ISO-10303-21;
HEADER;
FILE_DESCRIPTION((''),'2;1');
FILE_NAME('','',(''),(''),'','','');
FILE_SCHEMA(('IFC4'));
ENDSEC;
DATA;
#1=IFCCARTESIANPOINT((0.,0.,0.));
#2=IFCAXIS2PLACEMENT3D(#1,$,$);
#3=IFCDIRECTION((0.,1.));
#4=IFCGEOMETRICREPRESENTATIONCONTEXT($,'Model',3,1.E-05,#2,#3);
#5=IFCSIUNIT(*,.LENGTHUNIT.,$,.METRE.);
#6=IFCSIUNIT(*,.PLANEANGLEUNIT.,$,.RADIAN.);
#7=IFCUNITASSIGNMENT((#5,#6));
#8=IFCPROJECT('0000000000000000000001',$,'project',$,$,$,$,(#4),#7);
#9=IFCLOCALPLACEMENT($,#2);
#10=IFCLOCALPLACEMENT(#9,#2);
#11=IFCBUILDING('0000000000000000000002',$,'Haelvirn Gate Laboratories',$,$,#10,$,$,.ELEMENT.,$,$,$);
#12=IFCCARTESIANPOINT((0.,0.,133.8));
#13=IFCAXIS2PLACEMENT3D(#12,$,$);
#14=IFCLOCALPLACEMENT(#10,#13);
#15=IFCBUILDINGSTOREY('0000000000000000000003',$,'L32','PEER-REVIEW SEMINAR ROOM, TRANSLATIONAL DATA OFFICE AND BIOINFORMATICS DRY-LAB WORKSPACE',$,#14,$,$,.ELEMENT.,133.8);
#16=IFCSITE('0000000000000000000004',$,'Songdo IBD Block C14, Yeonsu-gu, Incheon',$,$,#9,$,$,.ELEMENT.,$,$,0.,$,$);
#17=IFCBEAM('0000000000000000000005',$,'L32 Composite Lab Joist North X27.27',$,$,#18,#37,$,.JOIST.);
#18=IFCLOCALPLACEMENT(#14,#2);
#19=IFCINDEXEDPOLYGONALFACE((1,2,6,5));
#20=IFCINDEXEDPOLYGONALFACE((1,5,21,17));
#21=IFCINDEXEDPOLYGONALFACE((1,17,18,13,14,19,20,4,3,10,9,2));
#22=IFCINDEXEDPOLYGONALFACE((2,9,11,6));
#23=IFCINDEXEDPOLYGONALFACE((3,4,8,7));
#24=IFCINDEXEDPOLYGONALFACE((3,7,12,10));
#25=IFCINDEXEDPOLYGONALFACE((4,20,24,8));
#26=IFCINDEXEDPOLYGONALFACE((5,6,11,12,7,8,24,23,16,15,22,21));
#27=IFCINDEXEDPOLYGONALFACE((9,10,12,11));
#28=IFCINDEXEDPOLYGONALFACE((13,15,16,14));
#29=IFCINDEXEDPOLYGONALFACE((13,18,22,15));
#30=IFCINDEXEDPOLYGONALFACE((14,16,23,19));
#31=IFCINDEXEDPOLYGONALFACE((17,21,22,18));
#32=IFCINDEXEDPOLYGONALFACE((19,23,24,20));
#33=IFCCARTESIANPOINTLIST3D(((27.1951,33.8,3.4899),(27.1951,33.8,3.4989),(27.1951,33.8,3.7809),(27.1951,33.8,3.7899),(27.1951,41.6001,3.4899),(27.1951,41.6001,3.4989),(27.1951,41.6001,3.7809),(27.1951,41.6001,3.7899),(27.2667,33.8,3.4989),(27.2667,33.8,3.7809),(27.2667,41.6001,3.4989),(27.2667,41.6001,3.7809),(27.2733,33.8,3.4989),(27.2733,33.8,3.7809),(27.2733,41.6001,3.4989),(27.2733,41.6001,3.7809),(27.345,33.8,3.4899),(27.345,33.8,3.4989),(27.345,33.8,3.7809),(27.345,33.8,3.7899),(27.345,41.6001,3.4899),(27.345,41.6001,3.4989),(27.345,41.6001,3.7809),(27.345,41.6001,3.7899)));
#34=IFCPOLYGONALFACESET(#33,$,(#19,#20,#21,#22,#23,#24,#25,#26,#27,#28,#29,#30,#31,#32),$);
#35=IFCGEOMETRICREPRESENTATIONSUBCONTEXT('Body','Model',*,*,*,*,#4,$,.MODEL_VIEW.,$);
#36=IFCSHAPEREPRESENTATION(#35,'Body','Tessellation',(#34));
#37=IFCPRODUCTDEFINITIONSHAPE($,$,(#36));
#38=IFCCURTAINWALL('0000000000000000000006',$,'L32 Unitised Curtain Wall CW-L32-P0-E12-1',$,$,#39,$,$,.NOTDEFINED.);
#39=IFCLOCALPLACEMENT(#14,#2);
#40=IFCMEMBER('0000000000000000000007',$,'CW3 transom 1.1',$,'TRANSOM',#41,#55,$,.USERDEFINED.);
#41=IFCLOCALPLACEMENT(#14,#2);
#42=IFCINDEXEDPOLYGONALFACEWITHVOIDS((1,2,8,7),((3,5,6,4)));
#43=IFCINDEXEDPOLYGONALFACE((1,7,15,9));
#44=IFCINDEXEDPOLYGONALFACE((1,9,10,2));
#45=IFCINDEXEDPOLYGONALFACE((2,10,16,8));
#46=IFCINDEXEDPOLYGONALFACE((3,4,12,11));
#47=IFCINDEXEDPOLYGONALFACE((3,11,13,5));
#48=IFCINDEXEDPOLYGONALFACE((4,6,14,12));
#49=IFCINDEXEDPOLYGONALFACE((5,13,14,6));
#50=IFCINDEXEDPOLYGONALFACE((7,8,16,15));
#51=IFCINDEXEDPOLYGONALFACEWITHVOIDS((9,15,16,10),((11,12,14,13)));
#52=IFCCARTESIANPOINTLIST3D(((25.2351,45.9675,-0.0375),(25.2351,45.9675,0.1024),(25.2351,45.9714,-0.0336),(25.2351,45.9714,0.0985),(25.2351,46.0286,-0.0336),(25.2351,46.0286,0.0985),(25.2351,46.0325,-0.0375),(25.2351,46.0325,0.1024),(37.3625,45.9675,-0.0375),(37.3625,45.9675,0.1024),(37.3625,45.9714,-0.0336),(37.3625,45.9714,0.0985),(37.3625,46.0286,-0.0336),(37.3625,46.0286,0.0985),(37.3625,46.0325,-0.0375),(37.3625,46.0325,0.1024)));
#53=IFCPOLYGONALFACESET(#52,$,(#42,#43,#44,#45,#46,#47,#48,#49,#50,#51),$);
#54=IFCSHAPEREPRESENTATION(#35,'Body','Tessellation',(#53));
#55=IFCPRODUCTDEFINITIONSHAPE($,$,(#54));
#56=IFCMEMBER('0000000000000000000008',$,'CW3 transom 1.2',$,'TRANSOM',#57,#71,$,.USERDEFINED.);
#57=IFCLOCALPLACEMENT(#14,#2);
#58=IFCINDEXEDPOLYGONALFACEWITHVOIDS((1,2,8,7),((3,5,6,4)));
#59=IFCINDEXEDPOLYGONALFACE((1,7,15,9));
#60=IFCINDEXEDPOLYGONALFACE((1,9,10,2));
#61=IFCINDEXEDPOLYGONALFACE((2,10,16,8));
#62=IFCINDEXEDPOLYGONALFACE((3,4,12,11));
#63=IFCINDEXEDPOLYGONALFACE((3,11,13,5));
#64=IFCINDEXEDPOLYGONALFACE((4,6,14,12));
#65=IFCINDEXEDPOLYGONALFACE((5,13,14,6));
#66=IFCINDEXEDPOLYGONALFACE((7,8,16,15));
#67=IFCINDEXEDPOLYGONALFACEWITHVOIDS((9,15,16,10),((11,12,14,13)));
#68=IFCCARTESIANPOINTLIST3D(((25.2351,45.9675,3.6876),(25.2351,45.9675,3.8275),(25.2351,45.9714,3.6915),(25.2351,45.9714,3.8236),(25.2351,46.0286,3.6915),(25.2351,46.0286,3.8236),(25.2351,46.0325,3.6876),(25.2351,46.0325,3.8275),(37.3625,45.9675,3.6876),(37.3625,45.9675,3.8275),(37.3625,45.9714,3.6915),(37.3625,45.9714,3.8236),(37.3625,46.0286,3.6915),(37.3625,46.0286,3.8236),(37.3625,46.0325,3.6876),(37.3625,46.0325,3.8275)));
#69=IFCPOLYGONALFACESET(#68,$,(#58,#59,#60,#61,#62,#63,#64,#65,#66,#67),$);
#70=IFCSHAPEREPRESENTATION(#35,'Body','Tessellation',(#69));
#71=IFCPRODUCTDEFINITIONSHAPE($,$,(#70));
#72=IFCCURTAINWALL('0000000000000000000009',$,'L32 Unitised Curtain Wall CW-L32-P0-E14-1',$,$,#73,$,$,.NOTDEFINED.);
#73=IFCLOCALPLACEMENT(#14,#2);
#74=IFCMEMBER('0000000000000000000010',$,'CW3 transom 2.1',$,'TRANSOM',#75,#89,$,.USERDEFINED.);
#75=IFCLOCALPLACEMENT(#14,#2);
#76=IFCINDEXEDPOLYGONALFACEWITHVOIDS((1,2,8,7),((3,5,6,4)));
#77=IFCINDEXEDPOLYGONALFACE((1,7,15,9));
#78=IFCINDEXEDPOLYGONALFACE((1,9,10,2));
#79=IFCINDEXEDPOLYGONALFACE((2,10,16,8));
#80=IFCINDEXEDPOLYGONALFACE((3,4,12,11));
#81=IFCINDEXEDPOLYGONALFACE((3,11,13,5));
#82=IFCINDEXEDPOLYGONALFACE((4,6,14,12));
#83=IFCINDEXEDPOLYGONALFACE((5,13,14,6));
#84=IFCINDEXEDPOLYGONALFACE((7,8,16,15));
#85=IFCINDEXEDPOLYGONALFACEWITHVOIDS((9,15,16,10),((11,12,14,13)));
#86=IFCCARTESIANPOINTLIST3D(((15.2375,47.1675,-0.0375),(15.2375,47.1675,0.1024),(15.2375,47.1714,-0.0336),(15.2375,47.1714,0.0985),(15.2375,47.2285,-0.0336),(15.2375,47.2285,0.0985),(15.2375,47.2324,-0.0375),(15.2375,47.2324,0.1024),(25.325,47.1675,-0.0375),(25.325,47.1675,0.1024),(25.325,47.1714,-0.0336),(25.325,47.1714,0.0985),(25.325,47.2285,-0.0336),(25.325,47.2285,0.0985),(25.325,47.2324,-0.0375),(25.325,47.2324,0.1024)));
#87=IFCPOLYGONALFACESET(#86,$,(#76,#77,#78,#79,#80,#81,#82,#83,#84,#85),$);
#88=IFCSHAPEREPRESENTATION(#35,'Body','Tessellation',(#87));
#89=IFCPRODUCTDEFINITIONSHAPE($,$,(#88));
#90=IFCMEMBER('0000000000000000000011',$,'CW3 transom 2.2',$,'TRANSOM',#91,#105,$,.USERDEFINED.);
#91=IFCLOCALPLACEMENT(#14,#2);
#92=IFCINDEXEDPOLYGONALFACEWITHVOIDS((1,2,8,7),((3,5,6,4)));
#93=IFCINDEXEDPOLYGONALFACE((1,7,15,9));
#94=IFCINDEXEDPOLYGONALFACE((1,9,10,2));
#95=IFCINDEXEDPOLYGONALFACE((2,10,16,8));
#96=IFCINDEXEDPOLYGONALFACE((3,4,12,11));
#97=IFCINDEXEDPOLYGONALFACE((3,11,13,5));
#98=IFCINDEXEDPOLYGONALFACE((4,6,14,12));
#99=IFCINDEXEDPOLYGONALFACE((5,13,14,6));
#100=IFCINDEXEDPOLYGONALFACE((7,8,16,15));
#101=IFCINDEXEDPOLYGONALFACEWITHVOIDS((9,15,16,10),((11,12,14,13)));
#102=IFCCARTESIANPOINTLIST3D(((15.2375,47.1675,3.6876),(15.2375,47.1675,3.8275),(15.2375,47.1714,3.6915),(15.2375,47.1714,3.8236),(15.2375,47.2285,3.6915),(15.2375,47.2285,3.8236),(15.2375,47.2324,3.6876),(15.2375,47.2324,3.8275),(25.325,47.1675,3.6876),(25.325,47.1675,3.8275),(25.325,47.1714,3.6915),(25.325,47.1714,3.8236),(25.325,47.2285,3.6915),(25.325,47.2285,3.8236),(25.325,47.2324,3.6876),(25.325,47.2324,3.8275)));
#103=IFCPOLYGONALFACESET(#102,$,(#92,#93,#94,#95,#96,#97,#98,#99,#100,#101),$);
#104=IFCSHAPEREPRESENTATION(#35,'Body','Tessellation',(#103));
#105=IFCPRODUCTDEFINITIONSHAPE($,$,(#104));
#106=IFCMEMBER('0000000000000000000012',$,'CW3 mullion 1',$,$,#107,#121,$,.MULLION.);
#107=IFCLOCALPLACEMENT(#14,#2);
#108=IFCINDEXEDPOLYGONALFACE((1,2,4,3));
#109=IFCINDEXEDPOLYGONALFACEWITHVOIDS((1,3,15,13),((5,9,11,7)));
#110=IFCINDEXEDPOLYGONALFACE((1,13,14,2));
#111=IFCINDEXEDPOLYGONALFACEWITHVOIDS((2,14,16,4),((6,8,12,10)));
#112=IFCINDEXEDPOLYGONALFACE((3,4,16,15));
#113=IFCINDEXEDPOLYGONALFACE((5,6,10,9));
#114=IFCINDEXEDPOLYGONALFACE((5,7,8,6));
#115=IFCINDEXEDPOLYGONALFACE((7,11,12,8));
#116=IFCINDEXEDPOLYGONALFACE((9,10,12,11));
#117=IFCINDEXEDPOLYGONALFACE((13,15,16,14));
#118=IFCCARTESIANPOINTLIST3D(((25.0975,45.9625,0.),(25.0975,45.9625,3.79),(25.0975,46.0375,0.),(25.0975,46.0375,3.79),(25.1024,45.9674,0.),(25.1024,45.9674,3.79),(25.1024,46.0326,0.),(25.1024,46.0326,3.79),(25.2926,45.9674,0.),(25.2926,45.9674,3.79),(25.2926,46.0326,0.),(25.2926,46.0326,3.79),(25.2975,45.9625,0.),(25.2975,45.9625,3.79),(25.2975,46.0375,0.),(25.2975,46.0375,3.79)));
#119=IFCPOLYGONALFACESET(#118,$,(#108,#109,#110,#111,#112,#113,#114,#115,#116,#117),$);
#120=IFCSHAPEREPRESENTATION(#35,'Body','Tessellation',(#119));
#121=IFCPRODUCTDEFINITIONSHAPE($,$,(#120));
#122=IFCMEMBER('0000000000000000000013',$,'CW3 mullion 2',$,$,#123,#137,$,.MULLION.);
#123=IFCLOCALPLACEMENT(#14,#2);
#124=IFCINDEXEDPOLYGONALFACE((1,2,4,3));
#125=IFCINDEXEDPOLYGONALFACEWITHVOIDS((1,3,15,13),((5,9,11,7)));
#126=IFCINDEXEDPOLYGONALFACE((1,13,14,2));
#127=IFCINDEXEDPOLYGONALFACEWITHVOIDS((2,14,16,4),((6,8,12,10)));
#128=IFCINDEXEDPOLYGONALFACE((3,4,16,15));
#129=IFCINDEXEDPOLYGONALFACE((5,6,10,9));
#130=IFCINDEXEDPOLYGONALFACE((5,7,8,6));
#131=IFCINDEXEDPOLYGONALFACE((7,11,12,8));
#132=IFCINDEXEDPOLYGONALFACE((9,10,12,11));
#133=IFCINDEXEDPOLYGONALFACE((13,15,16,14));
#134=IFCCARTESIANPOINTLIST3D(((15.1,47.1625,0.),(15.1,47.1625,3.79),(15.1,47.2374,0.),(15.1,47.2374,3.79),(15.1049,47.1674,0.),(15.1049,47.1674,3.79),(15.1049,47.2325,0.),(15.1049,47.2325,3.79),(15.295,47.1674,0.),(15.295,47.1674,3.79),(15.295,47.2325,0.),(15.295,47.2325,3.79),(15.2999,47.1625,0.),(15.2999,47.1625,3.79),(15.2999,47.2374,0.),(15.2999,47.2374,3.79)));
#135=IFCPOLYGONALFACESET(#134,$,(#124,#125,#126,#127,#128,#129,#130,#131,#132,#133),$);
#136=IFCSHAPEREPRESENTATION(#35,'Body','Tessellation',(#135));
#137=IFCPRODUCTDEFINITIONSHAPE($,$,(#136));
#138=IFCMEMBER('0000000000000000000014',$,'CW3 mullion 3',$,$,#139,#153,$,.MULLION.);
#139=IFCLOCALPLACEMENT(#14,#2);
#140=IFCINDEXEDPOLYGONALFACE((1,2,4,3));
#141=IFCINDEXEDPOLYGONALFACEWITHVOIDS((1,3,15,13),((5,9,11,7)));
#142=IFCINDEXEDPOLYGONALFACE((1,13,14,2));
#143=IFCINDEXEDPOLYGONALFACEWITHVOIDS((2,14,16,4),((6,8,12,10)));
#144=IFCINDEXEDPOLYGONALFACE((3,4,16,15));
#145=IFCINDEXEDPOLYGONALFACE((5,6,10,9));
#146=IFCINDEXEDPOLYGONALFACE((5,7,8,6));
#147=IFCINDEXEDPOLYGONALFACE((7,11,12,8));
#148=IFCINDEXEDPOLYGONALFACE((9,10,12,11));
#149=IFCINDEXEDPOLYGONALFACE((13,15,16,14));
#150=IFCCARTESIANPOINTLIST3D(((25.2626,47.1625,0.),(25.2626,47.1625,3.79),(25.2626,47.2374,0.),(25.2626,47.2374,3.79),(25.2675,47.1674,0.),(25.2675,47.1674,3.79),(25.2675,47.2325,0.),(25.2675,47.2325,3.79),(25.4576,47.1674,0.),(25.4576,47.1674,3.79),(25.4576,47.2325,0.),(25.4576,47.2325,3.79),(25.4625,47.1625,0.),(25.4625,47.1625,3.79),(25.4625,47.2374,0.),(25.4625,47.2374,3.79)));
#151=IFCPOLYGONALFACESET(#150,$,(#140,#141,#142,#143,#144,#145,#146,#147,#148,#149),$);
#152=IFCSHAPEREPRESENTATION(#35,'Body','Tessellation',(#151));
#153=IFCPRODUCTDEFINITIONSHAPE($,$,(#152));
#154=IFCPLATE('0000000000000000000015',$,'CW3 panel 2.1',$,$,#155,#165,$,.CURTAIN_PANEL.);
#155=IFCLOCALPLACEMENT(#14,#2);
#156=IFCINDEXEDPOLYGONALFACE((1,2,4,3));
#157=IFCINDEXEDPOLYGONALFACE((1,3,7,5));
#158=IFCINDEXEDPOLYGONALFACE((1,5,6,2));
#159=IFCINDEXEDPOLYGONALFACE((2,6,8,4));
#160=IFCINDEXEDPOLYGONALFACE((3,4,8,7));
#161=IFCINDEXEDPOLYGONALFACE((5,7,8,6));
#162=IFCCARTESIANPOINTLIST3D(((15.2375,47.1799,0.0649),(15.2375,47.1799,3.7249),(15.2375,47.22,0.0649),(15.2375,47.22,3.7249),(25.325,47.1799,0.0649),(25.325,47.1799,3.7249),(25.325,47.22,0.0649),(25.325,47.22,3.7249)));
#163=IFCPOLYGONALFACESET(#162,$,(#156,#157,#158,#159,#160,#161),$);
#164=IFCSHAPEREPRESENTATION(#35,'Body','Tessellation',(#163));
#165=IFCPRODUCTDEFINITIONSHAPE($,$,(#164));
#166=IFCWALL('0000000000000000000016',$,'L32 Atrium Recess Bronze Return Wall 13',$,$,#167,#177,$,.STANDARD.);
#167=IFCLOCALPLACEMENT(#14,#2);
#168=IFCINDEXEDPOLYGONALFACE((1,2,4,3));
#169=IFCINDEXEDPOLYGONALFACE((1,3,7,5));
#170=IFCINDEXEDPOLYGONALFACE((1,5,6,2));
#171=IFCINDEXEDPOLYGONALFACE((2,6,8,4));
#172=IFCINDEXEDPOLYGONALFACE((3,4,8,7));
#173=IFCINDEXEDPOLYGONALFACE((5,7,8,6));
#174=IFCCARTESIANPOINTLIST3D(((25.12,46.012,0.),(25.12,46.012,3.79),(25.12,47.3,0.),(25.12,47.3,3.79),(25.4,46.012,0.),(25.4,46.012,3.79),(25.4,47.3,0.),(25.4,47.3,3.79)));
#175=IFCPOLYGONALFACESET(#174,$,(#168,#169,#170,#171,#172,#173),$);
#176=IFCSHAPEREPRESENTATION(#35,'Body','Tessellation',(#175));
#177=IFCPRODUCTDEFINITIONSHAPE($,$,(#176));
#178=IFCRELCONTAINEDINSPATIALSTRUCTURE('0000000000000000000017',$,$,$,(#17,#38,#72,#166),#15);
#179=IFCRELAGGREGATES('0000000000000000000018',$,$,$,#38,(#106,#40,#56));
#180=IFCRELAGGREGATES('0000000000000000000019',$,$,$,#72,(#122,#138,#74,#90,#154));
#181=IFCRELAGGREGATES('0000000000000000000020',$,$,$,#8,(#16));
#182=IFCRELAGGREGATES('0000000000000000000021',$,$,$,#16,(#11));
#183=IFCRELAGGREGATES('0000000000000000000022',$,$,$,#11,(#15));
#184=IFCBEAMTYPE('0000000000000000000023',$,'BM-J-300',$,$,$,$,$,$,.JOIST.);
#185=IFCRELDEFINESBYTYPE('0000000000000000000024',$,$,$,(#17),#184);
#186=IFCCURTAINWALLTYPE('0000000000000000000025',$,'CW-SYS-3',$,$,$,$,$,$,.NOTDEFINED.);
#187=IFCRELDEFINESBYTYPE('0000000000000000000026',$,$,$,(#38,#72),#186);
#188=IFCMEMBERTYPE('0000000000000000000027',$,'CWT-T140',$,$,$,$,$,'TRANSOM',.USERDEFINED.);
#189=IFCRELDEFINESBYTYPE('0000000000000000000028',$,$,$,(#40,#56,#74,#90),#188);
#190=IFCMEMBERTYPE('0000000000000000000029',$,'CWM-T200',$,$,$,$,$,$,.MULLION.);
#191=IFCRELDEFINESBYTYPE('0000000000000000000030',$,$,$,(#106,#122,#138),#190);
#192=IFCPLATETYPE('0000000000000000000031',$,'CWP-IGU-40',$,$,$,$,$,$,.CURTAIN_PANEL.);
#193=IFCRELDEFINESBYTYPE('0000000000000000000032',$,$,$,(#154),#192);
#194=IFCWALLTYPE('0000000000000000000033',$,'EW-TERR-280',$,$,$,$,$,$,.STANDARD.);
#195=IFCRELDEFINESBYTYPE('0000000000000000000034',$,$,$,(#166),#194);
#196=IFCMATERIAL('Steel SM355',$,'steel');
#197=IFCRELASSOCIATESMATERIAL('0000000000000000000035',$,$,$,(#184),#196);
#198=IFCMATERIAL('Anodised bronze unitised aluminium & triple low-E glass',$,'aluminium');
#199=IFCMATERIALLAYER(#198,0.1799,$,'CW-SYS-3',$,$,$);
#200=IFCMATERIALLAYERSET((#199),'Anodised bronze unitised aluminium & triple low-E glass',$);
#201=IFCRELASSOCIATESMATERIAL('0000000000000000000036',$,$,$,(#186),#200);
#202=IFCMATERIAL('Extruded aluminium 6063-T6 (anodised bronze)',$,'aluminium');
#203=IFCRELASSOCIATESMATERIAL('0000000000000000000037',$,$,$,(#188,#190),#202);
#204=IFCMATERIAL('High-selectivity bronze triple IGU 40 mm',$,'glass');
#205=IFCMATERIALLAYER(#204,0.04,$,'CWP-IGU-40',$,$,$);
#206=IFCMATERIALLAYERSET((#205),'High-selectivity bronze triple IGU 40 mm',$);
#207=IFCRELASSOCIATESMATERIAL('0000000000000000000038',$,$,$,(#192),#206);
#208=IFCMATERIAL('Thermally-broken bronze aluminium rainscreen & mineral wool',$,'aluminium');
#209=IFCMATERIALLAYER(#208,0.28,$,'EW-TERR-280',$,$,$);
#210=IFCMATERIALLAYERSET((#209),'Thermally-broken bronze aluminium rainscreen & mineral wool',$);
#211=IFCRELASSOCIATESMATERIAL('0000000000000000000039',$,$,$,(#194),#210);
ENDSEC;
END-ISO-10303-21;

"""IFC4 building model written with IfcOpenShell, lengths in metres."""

from ifc_helpers import new_model, si_unit, direction, frame, frame_2d, origin, origin_2d, place, context, subcontext, project, spatial, rectangle, hollow_rectangle, i_section, extrude, source, transform, mapped, material, layer, layer_set, material_profile, profile_set, type_object, type_shapes, element, aggregate, save


model = new_model("IFC4")

# Units and contexts
model_context = context("Model", 3, precision=1e-05, world=origin(), true_north=direction((0.0, 1.0)))
body_context = subcontext(model_context, "Body", "Model", "MODEL_VIEW")
ifc_project = project(units=[si_unit("LENGTHUNIT", "METRE"), si_unit("PLANEANGLEUNIT", "RADIAN")], contexts=[model_context])

# Site, building, storey
site_placement = place(None, origin())
site = spatial("IfcSite", under=ifc_project, at=site_placement, Name="Songdo IBD Block C14, Yeonsu-gu, Incheon", CompositionType="ELEMENT", RefElevation=0.0)
building_placement = place(site_placement, origin())
building = spatial("IfcBuilding", under=site, at=building_placement, Name="Haelvirn Gate Laboratories", CompositionType="ELEMENT")
storey_placement = place(building_placement, frame((0.0, 0.0, 133.8)))
storey = spatial("IfcBuildingStorey", under=building, at=storey_placement, Name="L32", Description="PEER-REVIEW SEMINAR ROOM, TRANSLATIONAL DATA OFFICE AND BIOINFORMATICS DRY-LAB WORKSPACE", CompositionType="ELEMENT", Elevation=133.8)

# Shared definitions
ifc_material_1 = material(Name="Steel SM355", Category="steel")

# Beam
ifc_material_profile_1 = material_profile(ifc_material_1, i_section(OverallWidth=0.1499, OverallDepth=0.3, WebThickness=0.0066, FlangeThickness=0.009, at=origin_2d()), Name="H-300x150x6.5x9")
ifc_profile_set_1 = profile_set([ifc_material_profile_1], Name="Steel SM355")
beam_type_1 = type_object("IfcBeamType", Name="BM-J-300", PredefinedType="JOIST", material=ifc_profile_set_1)
shared_shape_1 = source(origin(), body_context, "Body", "SweptSolid", [
    extrude(i_section(OverallWidth=0.1499, OverallDepth=0.3, WebThickness=0.0066, FlangeThickness=0.009, at=origin_2d()), origin(), (0.0, 0.0, 1.0), 7.8),
])
type_shapes(beam_type_1, [shared_shape_1])
beam_1_placement = place(storey_placement, frame((27.27, 33.8, 3.6399), z_axis=(0.0, 1.0, 0.0), x_axis=(-1.0, 0.0, 0.0)))
element("IfcBeam", 1, at=beam_1_placement, inside=storey, type_object=beam_type_1, Name="L32 Composite Lab Joist North X27.27", PredefinedType="JOIST", context=body_context, shape_type="MappedRepresentation", body=[
    mapped(shared_shape_1, transform((0.0, 0.0, 0.0), scale=1.0)),
])

# Curtain walls, members
ifc_material_2 = material(Name="Anodised bronze unitised aluminium & triple low-E glass", Category="aluminium")
ifc_layer_1 = layer(ifc_material_2, 0.1799, Name="CW-SYS-3")
ifc_layer_set_1 = layer_set([ifc_layer_1], Name="Anodised bronze unitised aluminium & triple low-E glass")
curtain_wall_type = type_object("IfcCurtainWallType", Name="CW-SYS-3", PredefinedType="NOTDEFINED", material=ifc_layer_set_1)
curtain_wall_1_placement = place(storey_placement, origin())
curtain_wall_1 = element("IfcCurtainWall", 2, at=curtain_wall_1_placement, inside=storey, type_object=curtain_wall_type, Name="L32 Unitised Curtain Wall CW-L32-P0-E12-1", PredefinedType="NOTDEFINED")
ifc_material_3 = material(Name="Extruded aluminium 6063-T6 (anodised bronze)", Category="aluminium")
ifc_material_profile_2 = material_profile(ifc_material_3, hollow_rectangle(XDim=0.0649, YDim=0.1399, WallThickness=0.0039, at=origin_2d()), Name="CWT-140x65x4")
ifc_profile_set_2 = profile_set([ifc_material_profile_2], Name="Extruded aluminium 6063-T6 (anodised bronze)")
member_type_1 = type_object("IfcMemberType", Name="CWT-T140", ElementType="TRANSOM", PredefinedType="USERDEFINED", material=ifc_profile_set_2)
shared_shape_2 = source(origin(), body_context, "Body", "SweptSolid", [
    extrude(hollow_rectangle(XDim=0.0649, YDim=0.1399, WallThickness=0.0039, at=origin_2d()), origin(), (0.0, 0.0, 1.0), 12.1274),
])
member_1_placement = place(storey_placement, frame((25.2351, 46.0, 0.0325), z_axis=(1.0, 0.0, 0.0), x_axis=(0.0, 1.0, 0.0)))
member_1 = element("IfcMember", 3, at=member_1_placement, type_object=member_type_1, Name="CW3 transom 1.1", ObjectType="TRANSOM", PredefinedType="USERDEFINED", context=body_context, shape_type="MappedRepresentation", body=[
    mapped(shared_shape_2, transform((0.0, 0.0, 0.0), scale=1.0)),
])
member_2_placement = place(storey_placement, frame((25.2351, 46.0, 3.7576), z_axis=(1.0, 0.0, 0.0), x_axis=(0.0, 1.0, 0.0)))
member_2 = element("IfcMember", 4, at=member_2_placement, type_object=member_type_1, Name="CW3 transom 1.2", ObjectType="TRANSOM", PredefinedType="USERDEFINED", context=body_context, shape_type="MappedRepresentation", body=[
    mapped(shared_shape_2, transform((0.0, 0.0, 0.0), scale=1.0)),
])
curtain_wall_2_placement = place(storey_placement, origin())
curtain_wall_2 = element("IfcCurtainWall", 5, at=curtain_wall_2_placement, inside=storey, type_object=curtain_wall_type, Name="L32 Unitised Curtain Wall CW-L32-P0-E14-1", PredefinedType="NOTDEFINED")
shared_shape_3 = source(origin(), body_context, "Body", "SweptSolid", [
    extrude(hollow_rectangle(XDim=0.0649, YDim=0.1399, WallThickness=0.0039, at=origin_2d()), origin(), (0.0, 0.0, 1.0), 10.0874),
])
type_shapes(member_type_1, [shared_shape_2, shared_shape_3])
member_3_placement = place(storey_placement, frame((15.2375, 47.2, 0.0325), z_axis=(1.0, 0.0, 0.0), x_axis=(0.0, 1.0, 0.0)))
member_3 = element("IfcMember", 6, at=member_3_placement, type_object=member_type_1, Name="CW3 transom 2.1", ObjectType="TRANSOM", PredefinedType="USERDEFINED", context=body_context, shape_type="MappedRepresentation", body=[
    mapped(shared_shape_3, transform((0.0, 0.0, 0.0), scale=1.0)),
])
member_4_placement = place(storey_placement, frame((15.2375, 47.2, 3.7576), z_axis=(1.0, 0.0, 0.0), x_axis=(0.0, 1.0, 0.0)))
member_4 = element("IfcMember", 7, at=member_4_placement, type_object=member_type_1, Name="CW3 transom 2.2", ObjectType="TRANSOM", PredefinedType="USERDEFINED", context=body_context, shape_type="MappedRepresentation", body=[
    mapped(shared_shape_3, transform((0.0, 0.0, 0.0), scale=1.0)),
])

# Members
ifc_material_profile_3 = material_profile(ifc_material_3, hollow_rectangle(XDim=0.075, YDim=0.2, WallThickness=0.0049, at=origin_2d()), Name="CWM-200x75x5")
ifc_profile_set_3 = profile_set([ifc_material_profile_3], Name="Extruded aluminium 6063-T6 (anodised bronze)")
member_type_2 = type_object("IfcMemberType", Name="CWM-T200", PredefinedType="MULLION", material=ifc_profile_set_3)
shared_shape_4 = source(origin(), body_context, "Body", "SweptSolid", [
    extrude(hollow_rectangle(XDim=0.075, YDim=0.2, WallThickness=0.0049, at=origin_2d()), origin(), (0.0, 0.0, 1.0), 3.79),
])
type_shapes(member_type_2, [shared_shape_4])
member_5_placement = place(storey_placement, frame((25.1975, 46.0, 0.0), z_axis=(0.0, 0.0, 1.0), x_axis=(0.0, 1.0, 0.0)))
member_5 = element("IfcMember", 8, at=member_5_placement, type_object=member_type_2, Name="CW3 mullion 1", PredefinedType="MULLION", context=body_context, shape_type="MappedRepresentation", body=[
    mapped(shared_shape_4, transform((0.0, 0.0, 0.0), scale=1.0)),
])
aggregate(curtain_wall_1, [member_5, member_1, member_2])
member_6_placement = place(storey_placement, frame((15.2, 47.2, 0.0), z_axis=(0.0, 0.0, 1.0), x_axis=(0.0, 1.0, 0.0)))
member_6 = element("IfcMember", 9, at=member_6_placement, type_object=member_type_2, Name="CW3 mullion 2", PredefinedType="MULLION", context=body_context, shape_type="MappedRepresentation", body=[
    mapped(shared_shape_4, transform((0.0, 0.0, 0.0), scale=1.0)),
])
member_7_placement = place(storey_placement, frame((25.3625, 47.2, 0.0), z_axis=(0.0, 0.0, 1.0), x_axis=(0.0, 1.0, 0.0)))
member_7 = element("IfcMember", 10, at=member_7_placement, type_object=member_type_2, Name="CW3 mullion 3", PredefinedType="MULLION", context=body_context, shape_type="MappedRepresentation", body=[
    mapped(shared_shape_4, transform((0.0, 0.0, 0.0), scale=1.0)),
])

# Plate
ifc_material_4 = material(Name="High-selectivity bronze triple IGU 40 mm", Category="glass")
ifc_layer_2 = layer(ifc_material_4, 0.04, Name="CWP-IGU-40")
ifc_layer_set_2 = layer_set([ifc_layer_2], Name="High-selectivity bronze triple IGU 40 mm")
plate_type = type_object("IfcPlateType", Name="CWP-IGU-40", PredefinedType="CURTAIN_PANEL", material=ifc_layer_set_2)
shared_shape_5 = source(origin(), body_context, "Body", "SweptSolid", [
    extrude(rectangle(XDim=10.0874, YDim=0.04, at=origin_2d()), origin(), (0.0, 0.0, 1.0), 3.6599),
])
type_shapes(plate_type, [shared_shape_5])
plate_placement = place(storey_placement, frame((20.2812, 47.2, 0.0649), z_axis=(0.0, 0.0, 1.0), x_axis=(1.0, 0.0, 0.0)))
plate = element("IfcPlate", 11, at=plate_placement, type_object=plate_type, Name="CW3 panel 2.1", PredefinedType="CURTAIN_PANEL", context=body_context, shape_type="MappedRepresentation", body=[
    mapped(shared_shape_5, transform((0.0, 0.0, 0.0), scale=1.0)),
])
aggregate(curtain_wall_2, [member_6, member_7, member_3, member_4, plate])

# Wall
ifc_material_5 = material(Name="Thermally-broken bronze aluminium rainscreen & mineral wool", Category="aluminium")
ifc_layer_3 = layer(ifc_material_5, 0.28, Name="EW-TERR-280")
ifc_layer_set_3 = layer_set([ifc_layer_3], Name="Thermally-broken bronze aluminium rainscreen & mineral wool")
wall_type_1 = type_object("IfcWallType", Name="EW-TERR-280", PredefinedType="STANDARD", material=ifc_layer_set_3)
wall_1_placement = place(storey_placement, frame((25.26, 46.012, 0.0), z_axis=(0.0, 0.0, 1.0), x_axis=(0.0, 1.0, 0.0)))
element("IfcWall", 12, at=wall_1_placement, inside=storey, type_object=wall_type_1, Name="L32 Atrium Recess Bronze Return Wall 13", PredefinedType="STANDARD", context=body_context, shape_type="SweptSolid", body=[
    extrude(rectangle(XDim=1.2881, YDim=0.28, at=frame_2d((0.644, 0.0))), origin(), (0.0, 0.0, 1.0), 3.79),
])

save(model, "model.ifc")
